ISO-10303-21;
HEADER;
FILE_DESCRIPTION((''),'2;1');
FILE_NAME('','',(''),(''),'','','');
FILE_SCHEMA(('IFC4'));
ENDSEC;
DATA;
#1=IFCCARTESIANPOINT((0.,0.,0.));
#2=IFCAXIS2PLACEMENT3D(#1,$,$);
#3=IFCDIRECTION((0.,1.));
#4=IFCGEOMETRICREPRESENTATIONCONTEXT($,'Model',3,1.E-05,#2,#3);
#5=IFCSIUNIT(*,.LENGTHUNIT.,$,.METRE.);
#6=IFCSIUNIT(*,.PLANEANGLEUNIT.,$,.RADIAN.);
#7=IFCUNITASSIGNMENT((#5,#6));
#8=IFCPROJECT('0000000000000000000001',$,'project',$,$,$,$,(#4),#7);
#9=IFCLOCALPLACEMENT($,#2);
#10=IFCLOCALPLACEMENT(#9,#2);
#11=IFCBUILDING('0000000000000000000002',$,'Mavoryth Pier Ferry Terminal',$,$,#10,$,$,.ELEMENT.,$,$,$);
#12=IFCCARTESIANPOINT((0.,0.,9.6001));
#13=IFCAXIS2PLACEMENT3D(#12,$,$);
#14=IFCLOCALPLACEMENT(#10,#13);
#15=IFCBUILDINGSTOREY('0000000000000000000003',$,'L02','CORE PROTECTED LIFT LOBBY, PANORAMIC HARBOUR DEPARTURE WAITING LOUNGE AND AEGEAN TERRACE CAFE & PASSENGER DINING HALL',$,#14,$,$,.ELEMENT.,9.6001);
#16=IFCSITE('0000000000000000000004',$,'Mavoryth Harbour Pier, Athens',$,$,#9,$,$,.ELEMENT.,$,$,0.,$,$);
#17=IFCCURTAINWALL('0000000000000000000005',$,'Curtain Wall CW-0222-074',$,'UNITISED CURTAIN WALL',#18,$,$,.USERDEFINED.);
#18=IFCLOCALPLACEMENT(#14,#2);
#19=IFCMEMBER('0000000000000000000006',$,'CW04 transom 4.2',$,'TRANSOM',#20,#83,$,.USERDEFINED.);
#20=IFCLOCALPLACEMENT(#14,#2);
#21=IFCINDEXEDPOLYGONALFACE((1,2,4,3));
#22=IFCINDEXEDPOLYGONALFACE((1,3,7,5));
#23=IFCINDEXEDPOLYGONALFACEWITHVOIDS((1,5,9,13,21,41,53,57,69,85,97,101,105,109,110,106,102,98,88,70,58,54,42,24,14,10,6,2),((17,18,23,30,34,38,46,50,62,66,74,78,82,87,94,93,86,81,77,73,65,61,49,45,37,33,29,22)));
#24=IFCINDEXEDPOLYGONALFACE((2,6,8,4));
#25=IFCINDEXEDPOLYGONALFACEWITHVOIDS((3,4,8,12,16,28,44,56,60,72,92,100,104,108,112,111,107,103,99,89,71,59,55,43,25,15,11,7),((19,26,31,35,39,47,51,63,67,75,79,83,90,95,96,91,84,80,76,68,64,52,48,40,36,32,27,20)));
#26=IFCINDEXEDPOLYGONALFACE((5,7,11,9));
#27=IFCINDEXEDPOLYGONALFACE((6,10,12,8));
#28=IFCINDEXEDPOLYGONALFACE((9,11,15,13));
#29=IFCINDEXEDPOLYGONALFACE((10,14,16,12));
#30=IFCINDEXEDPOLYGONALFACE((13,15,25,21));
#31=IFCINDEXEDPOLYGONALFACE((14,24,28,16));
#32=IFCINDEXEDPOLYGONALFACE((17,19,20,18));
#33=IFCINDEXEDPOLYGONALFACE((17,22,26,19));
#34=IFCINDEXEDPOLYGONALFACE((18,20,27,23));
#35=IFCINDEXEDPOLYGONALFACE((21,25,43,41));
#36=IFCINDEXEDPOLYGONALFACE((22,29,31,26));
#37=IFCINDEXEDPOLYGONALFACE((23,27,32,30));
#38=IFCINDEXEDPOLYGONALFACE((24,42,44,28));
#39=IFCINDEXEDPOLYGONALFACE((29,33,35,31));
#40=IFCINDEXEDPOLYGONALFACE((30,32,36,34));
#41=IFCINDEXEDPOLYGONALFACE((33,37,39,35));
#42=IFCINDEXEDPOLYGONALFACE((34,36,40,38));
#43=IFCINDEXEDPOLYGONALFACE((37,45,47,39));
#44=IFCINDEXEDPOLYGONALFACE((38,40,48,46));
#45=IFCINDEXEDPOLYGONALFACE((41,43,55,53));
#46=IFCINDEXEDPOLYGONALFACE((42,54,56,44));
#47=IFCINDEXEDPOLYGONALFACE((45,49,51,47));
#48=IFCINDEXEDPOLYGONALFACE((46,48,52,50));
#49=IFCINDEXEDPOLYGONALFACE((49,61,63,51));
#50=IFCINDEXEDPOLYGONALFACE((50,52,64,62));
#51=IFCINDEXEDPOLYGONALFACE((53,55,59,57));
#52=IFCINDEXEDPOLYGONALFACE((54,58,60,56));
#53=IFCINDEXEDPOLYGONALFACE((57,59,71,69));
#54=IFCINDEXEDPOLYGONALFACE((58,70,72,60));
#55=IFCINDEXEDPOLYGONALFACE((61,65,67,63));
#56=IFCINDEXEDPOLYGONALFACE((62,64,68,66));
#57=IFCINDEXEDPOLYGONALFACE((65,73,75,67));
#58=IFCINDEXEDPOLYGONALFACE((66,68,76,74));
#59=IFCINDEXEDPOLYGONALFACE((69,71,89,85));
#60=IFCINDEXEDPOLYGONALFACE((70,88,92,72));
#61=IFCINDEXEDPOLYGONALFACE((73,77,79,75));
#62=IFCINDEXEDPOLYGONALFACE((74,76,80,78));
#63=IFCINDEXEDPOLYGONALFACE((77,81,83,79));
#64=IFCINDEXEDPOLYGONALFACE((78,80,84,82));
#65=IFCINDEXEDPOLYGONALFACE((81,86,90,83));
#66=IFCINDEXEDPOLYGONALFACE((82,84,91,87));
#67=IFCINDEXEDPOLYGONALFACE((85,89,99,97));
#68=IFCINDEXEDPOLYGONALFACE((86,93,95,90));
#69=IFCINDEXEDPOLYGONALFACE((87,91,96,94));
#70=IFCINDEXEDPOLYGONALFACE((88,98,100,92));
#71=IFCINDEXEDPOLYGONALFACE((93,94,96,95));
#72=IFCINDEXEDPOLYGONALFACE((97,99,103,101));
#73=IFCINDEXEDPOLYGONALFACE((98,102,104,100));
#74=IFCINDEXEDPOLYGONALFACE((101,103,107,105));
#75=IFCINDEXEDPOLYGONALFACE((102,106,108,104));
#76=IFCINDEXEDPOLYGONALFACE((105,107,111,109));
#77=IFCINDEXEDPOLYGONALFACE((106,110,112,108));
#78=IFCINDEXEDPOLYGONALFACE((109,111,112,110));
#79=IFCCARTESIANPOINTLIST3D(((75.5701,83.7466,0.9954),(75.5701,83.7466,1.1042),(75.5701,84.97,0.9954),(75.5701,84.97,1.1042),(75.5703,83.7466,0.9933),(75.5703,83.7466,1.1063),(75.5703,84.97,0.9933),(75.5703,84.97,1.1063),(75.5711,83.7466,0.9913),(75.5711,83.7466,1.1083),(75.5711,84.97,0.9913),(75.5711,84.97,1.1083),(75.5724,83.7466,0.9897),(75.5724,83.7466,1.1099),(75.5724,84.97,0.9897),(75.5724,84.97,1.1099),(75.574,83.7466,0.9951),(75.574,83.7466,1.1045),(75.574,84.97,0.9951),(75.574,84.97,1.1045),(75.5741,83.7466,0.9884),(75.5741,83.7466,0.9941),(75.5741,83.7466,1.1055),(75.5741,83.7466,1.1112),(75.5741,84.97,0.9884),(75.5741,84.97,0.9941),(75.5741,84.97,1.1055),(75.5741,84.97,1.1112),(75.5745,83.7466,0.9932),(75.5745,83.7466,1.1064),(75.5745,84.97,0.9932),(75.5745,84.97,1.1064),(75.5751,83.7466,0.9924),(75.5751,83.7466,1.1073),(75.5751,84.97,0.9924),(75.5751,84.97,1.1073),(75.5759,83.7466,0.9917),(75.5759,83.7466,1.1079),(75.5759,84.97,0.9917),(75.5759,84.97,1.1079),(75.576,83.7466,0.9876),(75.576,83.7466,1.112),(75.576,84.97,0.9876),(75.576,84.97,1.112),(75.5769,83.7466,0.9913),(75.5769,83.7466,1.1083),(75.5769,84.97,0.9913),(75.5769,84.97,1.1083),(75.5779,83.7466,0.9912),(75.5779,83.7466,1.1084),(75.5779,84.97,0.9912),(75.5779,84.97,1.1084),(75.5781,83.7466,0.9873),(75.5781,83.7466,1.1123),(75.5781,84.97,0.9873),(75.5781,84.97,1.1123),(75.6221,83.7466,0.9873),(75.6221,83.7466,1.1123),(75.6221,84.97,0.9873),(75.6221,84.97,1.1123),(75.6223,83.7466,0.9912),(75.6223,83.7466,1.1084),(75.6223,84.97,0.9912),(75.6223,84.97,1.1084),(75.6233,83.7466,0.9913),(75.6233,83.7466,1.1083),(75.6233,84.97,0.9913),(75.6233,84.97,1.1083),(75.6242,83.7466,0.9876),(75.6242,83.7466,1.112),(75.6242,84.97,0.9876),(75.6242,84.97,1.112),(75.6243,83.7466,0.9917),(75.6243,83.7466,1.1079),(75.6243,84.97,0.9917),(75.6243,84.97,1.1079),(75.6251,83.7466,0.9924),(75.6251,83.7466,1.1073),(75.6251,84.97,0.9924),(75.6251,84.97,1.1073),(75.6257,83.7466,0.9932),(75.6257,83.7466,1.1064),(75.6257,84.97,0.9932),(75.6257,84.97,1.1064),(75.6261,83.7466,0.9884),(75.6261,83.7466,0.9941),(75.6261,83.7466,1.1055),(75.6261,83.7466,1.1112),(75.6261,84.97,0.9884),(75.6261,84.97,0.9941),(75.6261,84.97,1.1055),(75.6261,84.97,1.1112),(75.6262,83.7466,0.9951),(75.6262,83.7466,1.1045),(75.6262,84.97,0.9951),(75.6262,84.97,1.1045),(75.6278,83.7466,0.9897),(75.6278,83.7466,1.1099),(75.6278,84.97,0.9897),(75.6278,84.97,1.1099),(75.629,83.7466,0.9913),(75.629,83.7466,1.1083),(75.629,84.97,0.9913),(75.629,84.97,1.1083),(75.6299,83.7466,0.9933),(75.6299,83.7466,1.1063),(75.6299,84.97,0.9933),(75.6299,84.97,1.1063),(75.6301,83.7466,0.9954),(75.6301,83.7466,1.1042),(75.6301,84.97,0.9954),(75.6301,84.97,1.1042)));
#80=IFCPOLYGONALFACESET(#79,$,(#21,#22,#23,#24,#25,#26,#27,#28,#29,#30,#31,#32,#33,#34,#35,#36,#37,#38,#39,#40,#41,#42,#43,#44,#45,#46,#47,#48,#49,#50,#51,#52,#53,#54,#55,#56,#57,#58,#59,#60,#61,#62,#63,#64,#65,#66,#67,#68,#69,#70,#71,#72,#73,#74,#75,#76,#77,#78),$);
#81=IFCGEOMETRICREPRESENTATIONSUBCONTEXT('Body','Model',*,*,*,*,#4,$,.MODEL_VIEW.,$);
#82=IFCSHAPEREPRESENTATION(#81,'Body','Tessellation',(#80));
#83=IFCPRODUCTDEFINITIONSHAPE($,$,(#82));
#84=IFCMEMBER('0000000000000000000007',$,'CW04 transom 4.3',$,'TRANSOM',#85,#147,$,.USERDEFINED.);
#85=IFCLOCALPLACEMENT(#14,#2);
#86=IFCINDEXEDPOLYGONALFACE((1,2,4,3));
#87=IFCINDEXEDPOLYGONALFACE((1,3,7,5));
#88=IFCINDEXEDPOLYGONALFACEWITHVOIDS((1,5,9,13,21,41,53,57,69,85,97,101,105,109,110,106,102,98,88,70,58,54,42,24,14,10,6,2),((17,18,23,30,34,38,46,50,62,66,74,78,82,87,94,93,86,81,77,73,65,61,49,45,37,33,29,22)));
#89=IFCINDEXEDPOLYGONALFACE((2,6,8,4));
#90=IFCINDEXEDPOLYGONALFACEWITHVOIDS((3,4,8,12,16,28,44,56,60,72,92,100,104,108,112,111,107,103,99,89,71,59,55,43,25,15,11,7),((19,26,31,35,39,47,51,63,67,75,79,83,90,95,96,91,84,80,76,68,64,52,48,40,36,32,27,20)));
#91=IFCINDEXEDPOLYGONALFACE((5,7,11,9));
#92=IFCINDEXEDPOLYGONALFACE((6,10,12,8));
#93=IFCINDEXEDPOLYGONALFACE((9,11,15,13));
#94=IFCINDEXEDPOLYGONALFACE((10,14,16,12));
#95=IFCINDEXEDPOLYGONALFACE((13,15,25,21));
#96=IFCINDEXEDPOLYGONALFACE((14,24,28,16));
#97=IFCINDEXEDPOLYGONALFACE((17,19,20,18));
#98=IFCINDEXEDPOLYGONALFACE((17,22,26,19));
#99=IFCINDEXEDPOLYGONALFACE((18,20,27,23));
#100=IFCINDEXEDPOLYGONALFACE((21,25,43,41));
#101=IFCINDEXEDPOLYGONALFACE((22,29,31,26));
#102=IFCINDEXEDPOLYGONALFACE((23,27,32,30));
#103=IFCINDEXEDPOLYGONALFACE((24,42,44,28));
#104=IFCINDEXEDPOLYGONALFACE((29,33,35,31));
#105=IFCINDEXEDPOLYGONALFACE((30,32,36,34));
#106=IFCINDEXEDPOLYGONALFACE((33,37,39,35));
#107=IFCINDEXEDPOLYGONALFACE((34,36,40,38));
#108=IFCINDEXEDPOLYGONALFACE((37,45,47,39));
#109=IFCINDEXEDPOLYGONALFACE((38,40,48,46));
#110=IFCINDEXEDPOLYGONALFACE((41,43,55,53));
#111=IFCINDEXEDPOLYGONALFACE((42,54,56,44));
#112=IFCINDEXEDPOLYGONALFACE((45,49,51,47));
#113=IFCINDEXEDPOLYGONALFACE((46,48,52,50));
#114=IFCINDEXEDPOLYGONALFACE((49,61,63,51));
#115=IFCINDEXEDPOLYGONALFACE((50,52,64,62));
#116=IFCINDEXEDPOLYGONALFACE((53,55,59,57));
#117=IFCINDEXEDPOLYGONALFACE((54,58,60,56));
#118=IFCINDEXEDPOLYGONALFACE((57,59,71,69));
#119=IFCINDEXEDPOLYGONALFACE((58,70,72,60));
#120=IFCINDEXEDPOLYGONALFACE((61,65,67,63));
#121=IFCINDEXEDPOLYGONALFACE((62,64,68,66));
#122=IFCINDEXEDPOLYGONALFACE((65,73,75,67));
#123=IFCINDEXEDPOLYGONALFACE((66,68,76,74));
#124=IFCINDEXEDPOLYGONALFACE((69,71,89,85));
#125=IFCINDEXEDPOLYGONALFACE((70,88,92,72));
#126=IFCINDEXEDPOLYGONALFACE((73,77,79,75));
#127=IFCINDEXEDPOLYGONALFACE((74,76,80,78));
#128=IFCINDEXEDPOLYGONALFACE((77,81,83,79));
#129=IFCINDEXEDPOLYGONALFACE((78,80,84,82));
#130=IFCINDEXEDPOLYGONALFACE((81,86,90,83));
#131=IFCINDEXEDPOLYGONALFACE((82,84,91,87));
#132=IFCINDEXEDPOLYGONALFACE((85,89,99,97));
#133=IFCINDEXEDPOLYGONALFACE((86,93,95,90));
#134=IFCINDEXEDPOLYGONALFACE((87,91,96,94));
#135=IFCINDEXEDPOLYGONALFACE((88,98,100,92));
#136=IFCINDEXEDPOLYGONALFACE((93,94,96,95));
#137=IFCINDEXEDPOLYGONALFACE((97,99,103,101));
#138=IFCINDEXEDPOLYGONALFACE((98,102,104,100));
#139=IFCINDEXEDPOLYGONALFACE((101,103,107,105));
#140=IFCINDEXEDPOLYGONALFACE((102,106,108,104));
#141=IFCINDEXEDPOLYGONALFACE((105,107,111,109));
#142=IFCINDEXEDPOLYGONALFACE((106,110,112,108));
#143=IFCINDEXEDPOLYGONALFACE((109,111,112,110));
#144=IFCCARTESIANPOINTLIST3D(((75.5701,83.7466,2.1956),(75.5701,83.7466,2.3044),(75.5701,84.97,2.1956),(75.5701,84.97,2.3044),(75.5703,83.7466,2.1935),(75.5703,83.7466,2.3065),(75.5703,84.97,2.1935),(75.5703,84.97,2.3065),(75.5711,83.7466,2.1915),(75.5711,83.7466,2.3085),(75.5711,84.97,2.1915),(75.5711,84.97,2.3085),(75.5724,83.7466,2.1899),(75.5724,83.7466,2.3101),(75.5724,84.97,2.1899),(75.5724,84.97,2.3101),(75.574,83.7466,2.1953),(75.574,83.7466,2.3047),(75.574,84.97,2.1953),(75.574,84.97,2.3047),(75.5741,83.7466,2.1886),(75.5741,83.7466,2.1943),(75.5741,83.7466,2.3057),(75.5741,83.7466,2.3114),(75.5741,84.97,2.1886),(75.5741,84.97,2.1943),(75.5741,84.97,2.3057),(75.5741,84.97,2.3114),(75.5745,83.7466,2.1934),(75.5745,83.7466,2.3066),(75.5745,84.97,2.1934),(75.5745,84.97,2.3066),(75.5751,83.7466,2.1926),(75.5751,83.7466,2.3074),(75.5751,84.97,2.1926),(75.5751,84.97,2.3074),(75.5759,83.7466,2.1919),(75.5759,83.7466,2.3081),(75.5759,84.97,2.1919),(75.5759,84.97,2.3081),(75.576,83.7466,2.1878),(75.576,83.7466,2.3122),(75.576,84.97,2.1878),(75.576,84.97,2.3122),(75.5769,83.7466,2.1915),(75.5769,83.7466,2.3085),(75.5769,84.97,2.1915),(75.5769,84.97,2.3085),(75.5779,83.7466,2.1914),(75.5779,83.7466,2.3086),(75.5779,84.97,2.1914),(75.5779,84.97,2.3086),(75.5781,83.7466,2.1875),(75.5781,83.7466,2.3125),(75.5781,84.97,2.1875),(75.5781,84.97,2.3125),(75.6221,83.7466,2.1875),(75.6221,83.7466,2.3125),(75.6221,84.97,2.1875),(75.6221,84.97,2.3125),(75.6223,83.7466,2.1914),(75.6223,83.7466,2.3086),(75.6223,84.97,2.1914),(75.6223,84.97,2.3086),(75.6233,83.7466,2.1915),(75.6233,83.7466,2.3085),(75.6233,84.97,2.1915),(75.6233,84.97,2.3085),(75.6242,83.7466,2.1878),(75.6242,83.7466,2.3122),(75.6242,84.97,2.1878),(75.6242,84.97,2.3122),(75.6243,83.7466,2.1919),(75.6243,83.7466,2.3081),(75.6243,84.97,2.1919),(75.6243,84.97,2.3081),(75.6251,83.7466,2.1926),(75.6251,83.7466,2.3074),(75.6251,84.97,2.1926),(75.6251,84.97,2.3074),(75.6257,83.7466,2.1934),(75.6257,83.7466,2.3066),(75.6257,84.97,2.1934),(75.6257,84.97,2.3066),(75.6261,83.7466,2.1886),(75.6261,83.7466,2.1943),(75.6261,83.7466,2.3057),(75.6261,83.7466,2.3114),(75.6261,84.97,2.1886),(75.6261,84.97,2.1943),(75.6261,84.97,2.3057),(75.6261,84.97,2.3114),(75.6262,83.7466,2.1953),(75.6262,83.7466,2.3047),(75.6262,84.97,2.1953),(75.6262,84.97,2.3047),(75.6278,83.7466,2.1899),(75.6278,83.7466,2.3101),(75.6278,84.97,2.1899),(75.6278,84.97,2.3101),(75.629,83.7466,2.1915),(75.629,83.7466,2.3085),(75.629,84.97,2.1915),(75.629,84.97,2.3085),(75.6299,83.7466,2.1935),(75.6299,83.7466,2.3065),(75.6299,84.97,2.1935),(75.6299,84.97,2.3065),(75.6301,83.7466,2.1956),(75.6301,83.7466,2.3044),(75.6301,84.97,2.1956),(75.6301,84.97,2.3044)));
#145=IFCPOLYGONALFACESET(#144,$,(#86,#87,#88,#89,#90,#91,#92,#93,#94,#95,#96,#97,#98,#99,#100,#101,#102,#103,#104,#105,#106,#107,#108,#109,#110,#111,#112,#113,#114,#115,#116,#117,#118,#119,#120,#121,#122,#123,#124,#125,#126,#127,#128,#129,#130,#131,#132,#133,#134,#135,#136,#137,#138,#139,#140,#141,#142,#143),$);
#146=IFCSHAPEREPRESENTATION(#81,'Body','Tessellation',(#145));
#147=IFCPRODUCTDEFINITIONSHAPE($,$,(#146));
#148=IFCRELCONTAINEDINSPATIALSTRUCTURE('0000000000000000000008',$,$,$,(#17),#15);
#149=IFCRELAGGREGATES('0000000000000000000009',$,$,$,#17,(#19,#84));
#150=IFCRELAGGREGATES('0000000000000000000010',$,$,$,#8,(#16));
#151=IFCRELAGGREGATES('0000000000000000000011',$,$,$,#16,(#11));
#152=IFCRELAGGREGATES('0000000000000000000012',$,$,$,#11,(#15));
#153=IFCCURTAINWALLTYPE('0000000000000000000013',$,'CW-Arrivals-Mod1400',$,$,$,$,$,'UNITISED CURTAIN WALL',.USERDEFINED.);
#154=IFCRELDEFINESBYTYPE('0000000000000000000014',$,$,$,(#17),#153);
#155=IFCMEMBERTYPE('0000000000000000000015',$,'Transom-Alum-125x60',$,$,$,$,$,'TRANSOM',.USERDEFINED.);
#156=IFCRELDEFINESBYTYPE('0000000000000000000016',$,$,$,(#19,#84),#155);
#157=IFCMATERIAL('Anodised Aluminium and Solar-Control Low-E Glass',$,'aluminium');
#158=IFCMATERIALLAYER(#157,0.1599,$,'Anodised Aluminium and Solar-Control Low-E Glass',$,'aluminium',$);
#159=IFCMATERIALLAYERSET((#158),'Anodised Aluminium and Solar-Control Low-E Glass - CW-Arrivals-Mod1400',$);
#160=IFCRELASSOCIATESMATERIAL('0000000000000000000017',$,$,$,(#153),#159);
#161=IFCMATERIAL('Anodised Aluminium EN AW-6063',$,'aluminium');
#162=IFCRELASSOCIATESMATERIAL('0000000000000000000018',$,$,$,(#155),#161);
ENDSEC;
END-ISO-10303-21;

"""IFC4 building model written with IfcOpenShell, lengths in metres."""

from ifc_helpers import new_model, si_unit, direction, frame, origin, origin_2d, place, context, subcontext, project, spatial, hollow_rectangle, extrude, material, layer, layer_set, material_profile, profile_set, type_object, element, aggregate, save


model = new_model("IFC4")

# Units and contexts
model_context = context("Model", 3, precision=1e-05, world=origin(), true_north=direction((0.0, 1.0)))
body_context = subcontext(model_context, "Body", "Model", "MODEL_VIEW")
ifc_project = project(units=[si_unit("LENGTHUNIT", "METRE"), si_unit("PLANEANGLEUNIT", "RADIAN")], contexts=[model_context])

# Site, building, storey
site_placement = place(None, origin())
site = spatial("IfcSite", under=ifc_project, at=site_placement, Name="Mavoryth Harbour Pier, Athens", CompositionType="ELEMENT", RefElevation=0.0)
building_placement = place(site_placement, origin())
building = spatial("IfcBuilding", under=site, at=building_placement, Name="Mavoryth Pier Ferry Terminal", CompositionType="ELEMENT")
storey_placement = place(building_placement, frame((0.0, 0.0, 9.6001)))
storey = spatial("IfcBuildingStorey", under=building, at=storey_placement, Name="L02", Description="CORE PROTECTED LIFT LOBBY, PANORAMIC HARBOUR DEPARTURE WAITING LOUNGE AND AEGEAN TERRACE CAFE & PASSENGER DINING HALL", CompositionType="ELEMENT", Elevation=9.6001)

# Shared definitions
ifc_material_1 = material(Name="Anodised Aluminium and Solar-Control Low-E Glass", Category="aluminium")
ifc_layer_1 = layer(ifc_material_1, 0.1599, Name="Anodised Aluminium and Solar-Control Low-E Glass", Category="aluminium")
ifc_layer_set_1 = layer_set([ifc_layer_1], Name="Anodised Aluminium and Solar-Control Low-E Glass - CW-Arrivals-Mod1400")
curtain_wall_type = type_object("IfcCurtainWallType", Name="CW-Arrivals-Mod1400", ElementType="UNITISED CURTAIN WALL", PredefinedType="USERDEFINED", material=ifc_layer_set_1)
ifc_material_2 = material(Name="Anodised Aluminium EN AW-6063", Category="aluminium")

# Curtain wall
curtain_wall_1_placement = place(storey_placement, origin())
curtain_wall_1 = element("IfcCurtainWall", 1, at=curtain_wall_1_placement, inside=storey, type_object=curtain_wall_type, Name="Curtain Wall CW-0222-074", ObjectType="UNITISED CURTAIN WALL", PredefinedType="USERDEFINED")

# Members
ifc_material_profile_1 = material_profile(ifc_material_2, hollow_rectangle(XDim=0.0601, YDim=0.125, WallThickness=0.0039, InnerFilletRadius=0.0039, OuterFilletRadius=0.0081, at=origin_2d()), Name="AL-TRAN 125x60x4", Category="aluminium")
ifc_profile_set_1 = profile_set([ifc_material_profile_1], Name="Anodised Aluminium EN AW-6063 - AL-TRAN 125x60x4")
member_type_1 = type_object("IfcMemberType", Name="Transom-Alum-125x60", ElementType="TRANSOM", PredefinedType="USERDEFINED", material=ifc_profile_set_1)
member_1_placement = place(storey_placement, frame((75.6001, 84.97, 1.0498), z_axis=(0.0, -1.0, 0.0), x_axis=(1.0, 0.0, 0.0)))
member_1 = element("IfcMember", 2, at=member_1_placement, type_object=member_type_1, Name="CW04 transom 4.2", ObjectType="TRANSOM", PredefinedType="USERDEFINED", context=body_context, shape_type="SweptSolid", body=[
    extrude(hollow_rectangle(XDim=0.0601, YDim=0.125, WallThickness=0.0039, InnerFilletRadius=0.0039, OuterFilletRadius=0.0081, at=origin_2d()), origin(), (0.0, 0.0, 1.0), 1.2234),
])
member_2_placement = place(storey_placement, frame((75.6001, 84.97, 2.25), z_axis=(0.0, -1.0, 0.0), x_axis=(1.0, 0.0, 0.0)))
member_2 = element("IfcMember", 3, at=member_2_placement, type_object=member_type_1, Name="CW04 transom 4.3", ObjectType="TRANSOM", PredefinedType="USERDEFINED", context=body_context, shape_type="SweptSolid", body=[
    extrude(hollow_rectangle(XDim=0.0601, YDim=0.125, WallThickness=0.0039, InnerFilletRadius=0.0039, OuterFilletRadius=0.0081, at=origin_2d()), origin(), (0.0, 0.0, 1.0), 1.2234),
])

aggregate(curtain_wall_1, [member_1, member_2])

save(model, "model.ifc")
